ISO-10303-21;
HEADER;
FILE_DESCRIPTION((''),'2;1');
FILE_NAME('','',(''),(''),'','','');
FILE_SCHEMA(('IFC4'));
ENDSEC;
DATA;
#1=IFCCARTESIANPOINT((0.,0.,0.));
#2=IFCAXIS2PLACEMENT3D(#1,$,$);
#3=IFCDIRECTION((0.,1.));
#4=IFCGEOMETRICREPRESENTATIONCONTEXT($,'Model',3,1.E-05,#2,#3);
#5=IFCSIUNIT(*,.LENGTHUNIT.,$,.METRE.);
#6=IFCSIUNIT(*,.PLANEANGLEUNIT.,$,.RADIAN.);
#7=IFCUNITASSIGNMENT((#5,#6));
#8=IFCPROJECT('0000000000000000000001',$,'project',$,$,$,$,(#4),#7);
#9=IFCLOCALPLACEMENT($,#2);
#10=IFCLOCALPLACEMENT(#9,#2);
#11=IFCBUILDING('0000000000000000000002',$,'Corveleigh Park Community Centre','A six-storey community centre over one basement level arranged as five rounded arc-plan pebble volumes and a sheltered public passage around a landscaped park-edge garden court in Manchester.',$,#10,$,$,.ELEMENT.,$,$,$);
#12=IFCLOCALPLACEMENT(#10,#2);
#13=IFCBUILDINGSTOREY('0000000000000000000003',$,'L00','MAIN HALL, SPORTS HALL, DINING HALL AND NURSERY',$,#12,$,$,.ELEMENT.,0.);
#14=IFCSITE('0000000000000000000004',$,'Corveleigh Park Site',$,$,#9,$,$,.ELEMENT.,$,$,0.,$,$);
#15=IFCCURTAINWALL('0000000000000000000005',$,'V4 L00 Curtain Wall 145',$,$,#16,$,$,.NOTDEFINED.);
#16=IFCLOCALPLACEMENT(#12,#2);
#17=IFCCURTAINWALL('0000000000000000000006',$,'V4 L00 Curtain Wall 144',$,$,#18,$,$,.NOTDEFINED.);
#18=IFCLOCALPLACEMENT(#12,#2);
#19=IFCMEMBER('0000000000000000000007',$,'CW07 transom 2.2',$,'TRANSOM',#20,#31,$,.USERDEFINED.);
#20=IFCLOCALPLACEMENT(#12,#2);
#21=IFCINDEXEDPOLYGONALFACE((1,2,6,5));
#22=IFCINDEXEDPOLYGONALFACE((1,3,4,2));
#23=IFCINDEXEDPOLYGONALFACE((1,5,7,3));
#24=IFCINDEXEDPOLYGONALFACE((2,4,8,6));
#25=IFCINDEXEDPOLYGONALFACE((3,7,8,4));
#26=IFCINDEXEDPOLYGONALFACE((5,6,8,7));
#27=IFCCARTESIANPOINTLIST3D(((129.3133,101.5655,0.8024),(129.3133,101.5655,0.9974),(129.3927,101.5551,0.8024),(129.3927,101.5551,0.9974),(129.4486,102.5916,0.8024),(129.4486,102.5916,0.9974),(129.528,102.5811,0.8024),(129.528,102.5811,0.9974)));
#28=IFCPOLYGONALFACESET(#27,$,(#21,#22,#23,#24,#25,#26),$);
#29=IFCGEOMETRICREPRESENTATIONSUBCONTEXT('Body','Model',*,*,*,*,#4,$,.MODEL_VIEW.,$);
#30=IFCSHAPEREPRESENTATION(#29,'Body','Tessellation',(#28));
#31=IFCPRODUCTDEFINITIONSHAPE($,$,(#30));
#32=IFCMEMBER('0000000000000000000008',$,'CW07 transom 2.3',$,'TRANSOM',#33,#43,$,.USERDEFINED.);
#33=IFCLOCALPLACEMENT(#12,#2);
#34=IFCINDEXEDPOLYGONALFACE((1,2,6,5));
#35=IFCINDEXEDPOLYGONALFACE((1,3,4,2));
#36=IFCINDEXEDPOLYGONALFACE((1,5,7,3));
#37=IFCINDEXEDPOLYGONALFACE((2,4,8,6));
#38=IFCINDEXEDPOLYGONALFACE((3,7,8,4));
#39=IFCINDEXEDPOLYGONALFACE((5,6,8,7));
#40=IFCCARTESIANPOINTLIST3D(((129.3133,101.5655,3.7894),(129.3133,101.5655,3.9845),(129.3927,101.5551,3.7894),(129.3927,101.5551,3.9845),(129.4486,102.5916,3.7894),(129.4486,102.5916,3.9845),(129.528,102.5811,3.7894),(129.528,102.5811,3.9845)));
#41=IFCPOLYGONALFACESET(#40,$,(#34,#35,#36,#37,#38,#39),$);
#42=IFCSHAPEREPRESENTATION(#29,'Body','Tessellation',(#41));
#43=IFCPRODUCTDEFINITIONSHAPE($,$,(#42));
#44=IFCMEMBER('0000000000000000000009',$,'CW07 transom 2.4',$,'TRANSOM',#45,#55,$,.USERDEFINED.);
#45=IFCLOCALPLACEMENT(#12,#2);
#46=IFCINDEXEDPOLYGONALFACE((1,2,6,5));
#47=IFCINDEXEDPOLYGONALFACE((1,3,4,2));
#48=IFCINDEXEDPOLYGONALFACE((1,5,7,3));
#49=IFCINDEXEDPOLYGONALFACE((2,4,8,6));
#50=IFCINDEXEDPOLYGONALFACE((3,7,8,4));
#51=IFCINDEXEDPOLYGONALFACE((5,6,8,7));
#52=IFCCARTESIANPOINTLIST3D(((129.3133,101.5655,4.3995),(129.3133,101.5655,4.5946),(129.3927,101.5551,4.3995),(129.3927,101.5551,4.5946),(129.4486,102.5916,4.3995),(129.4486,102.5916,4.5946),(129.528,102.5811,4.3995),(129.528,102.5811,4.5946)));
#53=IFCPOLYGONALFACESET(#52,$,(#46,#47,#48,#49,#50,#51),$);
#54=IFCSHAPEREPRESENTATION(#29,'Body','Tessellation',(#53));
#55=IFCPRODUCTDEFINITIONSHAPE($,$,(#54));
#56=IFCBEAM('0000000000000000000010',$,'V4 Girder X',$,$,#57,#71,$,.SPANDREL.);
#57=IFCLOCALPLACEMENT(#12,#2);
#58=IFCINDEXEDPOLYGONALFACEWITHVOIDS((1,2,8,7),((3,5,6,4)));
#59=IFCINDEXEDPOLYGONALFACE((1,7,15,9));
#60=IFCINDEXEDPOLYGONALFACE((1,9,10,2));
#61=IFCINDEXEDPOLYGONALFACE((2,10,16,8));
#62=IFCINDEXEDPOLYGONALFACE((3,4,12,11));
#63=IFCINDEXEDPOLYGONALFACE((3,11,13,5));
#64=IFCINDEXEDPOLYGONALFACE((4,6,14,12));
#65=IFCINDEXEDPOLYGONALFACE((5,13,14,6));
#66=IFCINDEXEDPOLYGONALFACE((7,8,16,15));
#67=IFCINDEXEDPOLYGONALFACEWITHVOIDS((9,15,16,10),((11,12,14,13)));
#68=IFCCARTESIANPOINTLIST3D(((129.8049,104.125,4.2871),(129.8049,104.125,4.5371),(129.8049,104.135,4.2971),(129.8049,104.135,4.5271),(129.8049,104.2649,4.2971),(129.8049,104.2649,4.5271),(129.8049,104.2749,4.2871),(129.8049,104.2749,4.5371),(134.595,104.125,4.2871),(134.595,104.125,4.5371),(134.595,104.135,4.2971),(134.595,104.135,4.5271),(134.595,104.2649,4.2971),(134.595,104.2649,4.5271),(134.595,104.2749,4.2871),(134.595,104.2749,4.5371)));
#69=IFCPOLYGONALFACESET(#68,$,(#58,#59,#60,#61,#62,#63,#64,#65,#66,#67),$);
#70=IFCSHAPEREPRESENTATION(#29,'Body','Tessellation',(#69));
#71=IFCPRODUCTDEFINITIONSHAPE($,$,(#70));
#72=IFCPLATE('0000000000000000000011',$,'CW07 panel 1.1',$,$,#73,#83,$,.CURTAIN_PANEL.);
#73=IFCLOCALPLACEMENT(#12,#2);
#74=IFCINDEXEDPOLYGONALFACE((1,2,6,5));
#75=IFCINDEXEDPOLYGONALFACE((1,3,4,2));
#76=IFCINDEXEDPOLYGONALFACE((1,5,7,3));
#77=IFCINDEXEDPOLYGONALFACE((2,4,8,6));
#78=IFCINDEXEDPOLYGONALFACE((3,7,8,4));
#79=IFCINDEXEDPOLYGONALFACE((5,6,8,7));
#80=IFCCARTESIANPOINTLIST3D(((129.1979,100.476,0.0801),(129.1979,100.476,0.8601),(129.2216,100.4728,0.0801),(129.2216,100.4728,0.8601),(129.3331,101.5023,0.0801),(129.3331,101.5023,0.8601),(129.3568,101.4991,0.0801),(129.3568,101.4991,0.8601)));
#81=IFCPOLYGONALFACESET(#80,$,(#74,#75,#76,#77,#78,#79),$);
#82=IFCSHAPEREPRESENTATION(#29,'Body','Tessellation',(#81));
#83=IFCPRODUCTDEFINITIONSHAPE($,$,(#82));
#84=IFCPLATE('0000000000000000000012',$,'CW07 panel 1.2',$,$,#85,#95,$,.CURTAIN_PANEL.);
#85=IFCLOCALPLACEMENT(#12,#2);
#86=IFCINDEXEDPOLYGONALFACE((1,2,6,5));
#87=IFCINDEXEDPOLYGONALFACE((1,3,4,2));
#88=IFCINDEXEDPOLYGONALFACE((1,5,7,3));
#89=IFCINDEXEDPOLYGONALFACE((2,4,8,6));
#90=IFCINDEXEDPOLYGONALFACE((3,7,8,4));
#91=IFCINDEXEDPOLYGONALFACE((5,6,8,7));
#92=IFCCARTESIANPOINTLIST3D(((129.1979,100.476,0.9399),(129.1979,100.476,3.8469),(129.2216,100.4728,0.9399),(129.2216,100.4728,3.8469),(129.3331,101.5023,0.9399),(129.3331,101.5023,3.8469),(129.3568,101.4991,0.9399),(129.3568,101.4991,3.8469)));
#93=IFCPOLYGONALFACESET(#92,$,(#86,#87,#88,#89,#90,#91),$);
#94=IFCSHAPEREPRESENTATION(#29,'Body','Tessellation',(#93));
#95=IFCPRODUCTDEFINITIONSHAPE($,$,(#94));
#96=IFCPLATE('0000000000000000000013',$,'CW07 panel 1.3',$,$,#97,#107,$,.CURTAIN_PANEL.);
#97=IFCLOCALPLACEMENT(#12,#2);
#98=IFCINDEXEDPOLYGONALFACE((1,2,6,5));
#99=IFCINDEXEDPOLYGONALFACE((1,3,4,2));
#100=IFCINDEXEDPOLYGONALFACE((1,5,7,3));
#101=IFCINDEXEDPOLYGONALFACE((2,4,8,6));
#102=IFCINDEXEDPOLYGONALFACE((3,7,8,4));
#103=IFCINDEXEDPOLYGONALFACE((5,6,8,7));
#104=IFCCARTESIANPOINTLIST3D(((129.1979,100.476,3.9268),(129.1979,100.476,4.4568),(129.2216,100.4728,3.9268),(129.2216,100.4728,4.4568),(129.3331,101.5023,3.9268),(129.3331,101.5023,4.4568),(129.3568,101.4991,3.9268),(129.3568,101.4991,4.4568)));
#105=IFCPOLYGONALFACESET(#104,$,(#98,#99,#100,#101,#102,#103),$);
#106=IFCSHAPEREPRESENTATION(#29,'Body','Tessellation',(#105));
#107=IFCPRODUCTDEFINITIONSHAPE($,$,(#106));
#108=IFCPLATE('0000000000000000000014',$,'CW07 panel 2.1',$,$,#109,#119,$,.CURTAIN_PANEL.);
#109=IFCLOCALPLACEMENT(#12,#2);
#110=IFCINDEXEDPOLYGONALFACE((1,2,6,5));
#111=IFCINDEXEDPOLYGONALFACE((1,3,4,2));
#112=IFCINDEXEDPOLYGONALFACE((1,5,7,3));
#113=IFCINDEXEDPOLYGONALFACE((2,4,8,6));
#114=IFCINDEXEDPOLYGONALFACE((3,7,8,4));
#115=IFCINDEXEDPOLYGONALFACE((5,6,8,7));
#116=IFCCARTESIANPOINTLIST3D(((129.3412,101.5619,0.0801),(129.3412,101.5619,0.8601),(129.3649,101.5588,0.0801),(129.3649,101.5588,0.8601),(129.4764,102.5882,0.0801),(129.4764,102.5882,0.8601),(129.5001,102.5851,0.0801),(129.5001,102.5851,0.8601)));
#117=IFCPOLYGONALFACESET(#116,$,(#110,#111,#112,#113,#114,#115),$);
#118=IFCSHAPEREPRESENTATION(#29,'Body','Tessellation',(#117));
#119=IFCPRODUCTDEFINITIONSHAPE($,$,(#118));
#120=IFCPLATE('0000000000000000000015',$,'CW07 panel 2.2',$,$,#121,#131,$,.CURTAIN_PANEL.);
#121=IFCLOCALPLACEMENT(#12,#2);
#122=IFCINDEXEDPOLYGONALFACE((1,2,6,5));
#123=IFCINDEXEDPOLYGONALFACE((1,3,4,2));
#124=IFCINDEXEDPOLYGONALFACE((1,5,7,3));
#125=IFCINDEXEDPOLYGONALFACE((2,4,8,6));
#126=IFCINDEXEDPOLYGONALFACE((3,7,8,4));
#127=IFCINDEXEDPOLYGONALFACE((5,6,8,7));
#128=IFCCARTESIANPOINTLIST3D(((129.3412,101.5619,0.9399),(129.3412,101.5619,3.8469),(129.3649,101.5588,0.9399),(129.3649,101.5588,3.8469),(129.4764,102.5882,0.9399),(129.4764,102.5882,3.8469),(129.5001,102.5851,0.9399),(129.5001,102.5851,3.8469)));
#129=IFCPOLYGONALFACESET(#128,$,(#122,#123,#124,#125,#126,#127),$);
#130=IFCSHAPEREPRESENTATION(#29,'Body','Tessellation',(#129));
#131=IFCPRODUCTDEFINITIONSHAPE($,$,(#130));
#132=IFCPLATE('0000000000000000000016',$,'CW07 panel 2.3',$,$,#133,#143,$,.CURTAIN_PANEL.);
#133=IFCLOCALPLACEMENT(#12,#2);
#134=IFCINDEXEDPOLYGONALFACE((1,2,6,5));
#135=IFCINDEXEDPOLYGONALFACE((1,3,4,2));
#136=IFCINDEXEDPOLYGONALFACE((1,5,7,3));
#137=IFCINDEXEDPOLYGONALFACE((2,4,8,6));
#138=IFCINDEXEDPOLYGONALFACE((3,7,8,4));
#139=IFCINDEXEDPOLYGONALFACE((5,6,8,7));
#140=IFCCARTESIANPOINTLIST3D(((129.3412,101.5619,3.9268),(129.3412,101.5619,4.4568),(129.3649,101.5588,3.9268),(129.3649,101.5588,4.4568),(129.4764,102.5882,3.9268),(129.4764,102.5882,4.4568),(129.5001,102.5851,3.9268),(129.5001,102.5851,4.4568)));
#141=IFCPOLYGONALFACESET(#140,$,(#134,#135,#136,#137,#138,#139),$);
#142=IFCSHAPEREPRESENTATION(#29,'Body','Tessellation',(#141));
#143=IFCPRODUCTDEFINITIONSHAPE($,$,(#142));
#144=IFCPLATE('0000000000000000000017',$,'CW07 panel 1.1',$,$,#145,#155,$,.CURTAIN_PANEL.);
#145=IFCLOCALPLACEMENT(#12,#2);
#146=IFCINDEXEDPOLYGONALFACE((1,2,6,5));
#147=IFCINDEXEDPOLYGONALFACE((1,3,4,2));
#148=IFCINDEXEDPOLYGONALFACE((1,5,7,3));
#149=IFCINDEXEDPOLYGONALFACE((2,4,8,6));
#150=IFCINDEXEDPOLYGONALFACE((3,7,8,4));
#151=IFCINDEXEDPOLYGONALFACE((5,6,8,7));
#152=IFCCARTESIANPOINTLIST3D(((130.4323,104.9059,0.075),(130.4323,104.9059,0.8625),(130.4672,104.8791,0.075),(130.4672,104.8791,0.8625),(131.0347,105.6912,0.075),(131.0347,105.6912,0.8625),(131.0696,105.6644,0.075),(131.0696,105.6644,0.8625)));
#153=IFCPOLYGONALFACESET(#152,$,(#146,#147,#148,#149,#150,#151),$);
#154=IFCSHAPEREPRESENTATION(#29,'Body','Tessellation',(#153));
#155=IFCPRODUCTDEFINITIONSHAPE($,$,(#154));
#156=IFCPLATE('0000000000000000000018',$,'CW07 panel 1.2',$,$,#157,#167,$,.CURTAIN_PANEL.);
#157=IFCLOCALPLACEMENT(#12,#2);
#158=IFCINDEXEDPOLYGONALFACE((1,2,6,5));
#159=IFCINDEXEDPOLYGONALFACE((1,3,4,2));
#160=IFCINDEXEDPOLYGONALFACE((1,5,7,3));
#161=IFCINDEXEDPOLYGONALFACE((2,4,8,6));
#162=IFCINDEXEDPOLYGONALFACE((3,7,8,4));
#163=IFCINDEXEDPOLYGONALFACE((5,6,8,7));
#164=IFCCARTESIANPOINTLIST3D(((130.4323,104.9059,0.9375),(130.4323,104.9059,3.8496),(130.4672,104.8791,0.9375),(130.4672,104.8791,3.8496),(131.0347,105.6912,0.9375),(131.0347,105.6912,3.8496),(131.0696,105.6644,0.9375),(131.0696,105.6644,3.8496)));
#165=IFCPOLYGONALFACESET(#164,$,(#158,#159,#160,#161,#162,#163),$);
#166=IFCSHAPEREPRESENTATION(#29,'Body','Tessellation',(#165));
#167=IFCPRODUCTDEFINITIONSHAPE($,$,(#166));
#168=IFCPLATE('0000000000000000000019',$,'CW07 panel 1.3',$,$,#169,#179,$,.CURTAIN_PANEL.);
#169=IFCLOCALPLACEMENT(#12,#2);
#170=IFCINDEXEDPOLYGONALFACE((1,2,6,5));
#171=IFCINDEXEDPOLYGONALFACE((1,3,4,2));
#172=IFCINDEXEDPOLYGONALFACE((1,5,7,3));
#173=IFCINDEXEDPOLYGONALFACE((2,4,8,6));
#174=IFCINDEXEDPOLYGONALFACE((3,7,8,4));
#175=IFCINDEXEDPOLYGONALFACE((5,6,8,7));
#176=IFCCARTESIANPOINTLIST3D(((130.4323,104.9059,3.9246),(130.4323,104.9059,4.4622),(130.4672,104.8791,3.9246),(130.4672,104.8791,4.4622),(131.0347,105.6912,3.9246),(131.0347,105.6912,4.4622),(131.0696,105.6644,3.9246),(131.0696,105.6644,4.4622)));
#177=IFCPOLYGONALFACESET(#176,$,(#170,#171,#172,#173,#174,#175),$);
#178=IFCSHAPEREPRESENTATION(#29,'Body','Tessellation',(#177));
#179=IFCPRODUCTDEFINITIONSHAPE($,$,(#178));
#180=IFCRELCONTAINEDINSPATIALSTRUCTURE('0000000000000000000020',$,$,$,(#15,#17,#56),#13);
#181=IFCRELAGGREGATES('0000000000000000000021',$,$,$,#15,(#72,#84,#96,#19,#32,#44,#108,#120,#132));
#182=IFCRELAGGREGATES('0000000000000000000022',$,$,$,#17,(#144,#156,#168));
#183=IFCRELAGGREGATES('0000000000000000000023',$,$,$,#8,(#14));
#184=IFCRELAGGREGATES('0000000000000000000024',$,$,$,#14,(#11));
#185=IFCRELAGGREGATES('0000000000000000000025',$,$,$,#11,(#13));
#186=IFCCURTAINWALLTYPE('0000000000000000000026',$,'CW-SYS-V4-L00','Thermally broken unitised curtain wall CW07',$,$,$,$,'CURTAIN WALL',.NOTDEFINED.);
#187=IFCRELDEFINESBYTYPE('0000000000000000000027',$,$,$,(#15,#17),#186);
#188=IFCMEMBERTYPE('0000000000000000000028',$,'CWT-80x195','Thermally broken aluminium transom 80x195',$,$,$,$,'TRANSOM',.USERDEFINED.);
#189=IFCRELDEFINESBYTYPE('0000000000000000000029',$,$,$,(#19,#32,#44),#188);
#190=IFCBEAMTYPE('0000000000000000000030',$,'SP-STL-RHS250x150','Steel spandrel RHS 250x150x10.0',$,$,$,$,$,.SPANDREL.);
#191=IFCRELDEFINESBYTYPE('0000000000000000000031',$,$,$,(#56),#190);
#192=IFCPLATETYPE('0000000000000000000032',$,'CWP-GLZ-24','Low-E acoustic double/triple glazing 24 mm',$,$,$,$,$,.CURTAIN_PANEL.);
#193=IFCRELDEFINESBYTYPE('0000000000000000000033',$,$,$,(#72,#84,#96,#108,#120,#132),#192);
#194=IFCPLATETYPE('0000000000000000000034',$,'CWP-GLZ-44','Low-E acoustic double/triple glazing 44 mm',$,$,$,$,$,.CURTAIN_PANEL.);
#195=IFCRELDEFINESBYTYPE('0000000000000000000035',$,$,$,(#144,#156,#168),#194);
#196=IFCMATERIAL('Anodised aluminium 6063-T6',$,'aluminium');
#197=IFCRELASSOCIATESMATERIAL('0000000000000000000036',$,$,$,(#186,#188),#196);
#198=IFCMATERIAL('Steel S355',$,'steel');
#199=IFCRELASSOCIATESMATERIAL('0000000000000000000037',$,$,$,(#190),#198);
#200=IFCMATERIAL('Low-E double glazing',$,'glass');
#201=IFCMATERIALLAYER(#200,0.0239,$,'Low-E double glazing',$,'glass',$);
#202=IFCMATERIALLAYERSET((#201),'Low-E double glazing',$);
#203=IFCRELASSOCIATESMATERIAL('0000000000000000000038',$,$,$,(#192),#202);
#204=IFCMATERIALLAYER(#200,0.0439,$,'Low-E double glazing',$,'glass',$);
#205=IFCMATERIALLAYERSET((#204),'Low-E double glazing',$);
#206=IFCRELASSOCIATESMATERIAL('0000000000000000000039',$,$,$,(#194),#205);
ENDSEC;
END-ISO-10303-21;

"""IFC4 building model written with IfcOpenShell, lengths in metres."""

from ifc_helpers import new_model, si_unit, direction, frame, origin, origin_2d, place, context, subcontext, project, spatial, rectangle, hollow_rectangle, extrude, material, layer, layer_set, material_profile, profile_set, type_object, element, aggregate, save


model = new_model("IFC4")

# Units and contexts
model_context = context("Model", 3, precision=1e-05, world=origin(), true_north=direction((0.0, 1.0)))
body_context = subcontext(model_context, "Body", "Model", "MODEL_VIEW")
ifc_project = project(units=[si_unit("LENGTHUNIT", "METRE"), si_unit("PLANEANGLEUNIT", "RADIAN")], contexts=[model_context])

# Site, building, storey
site_placement = place(None, origin())
site = spatial("IfcSite", under=ifc_project, at=site_placement, Name="Corveleigh Park Site", CompositionType="ELEMENT", RefElevation=0.0)
building_placement = place(site_placement, origin())
building = spatial("IfcBuilding", under=site, at=building_placement, Name="Corveleigh Park Community Centre", Description="A six-storey community centre over one basement level arranged as five rounded arc-plan pebble volumes and a sheltered public passage around a landscaped park-edge garden court in Manchester.", CompositionType="ELEMENT")
storey_placement = place(building_placement, origin())
storey = spatial("IfcBuildingStorey", under=building, at=storey_placement, Name="L00", Description="MAIN HALL, SPORTS HALL, DINING HALL AND NURSERY", CompositionType="ELEMENT", Elevation=0.0)

# Curtain walls
ifc_material_1 = material(Name="Anodised aluminium 6063-T6", Category="aluminium")
curtain_wall_type = type_object("IfcCurtainWallType", Name="CW-SYS-V4-L00", Description="Thermally broken unitised curtain wall CW07", ElementType="CURTAIN WALL", PredefinedType="NOTDEFINED", material=ifc_material_1)
curtain_wall_1_placement = place(storey_placement, origin())
curtain_wall_1 = element("IfcCurtainWall", 1, at=curtain_wall_1_placement, inside=storey, type_object=curtain_wall_type, Name="V4 L00 Curtain Wall 145", PredefinedType="NOTDEFINED")
curtain_wall_2_placement = place(storey_placement, origin())
curtain_wall_2 = element("IfcCurtainWall", 2, at=curtain_wall_2_placement, inside=storey, type_object=curtain_wall_type, Name="V4 L00 Curtain Wall 144", PredefinedType="NOTDEFINED")

# Members
ifc_material_profile_1 = material_profile(ifc_material_1, rectangle(XDim=0.0801, YDim=0.1951, at=origin_2d()), Name="ALU-T80x195", Category="aluminium")
ifc_profile_set_1 = profile_set([ifc_material_profile_1], Name="Anodised aluminium 6063-T6")
member_type_1 = type_object("IfcMemberType", Name="CWT-80x195", Description="Thermally broken aluminium transom 80x195", ElementType="TRANSOM", PredefinedType="USERDEFINED", material=ifc_profile_set_1)
member_1_placement = place(storey_placement, frame((129.353, 101.5603, 0.8999), z_axis=(0.13068, 0.991425, 0.0), x_axis=(-0.991425, 0.13068, 0.0)))
member_1 = element("IfcMember", 3, at=member_1_placement, type_object=member_type_1, Name="CW07 transom 2.2", ObjectType="TRANSOM", PredefinedType="USERDEFINED", context=body_context, shape_type="SweptSolid", body=[
    extrude(rectangle(XDim=0.0801, YDim=0.1951, at=origin_2d()), origin(), (0.0, 0.0, 1.0), 1.0349),
])
member_2_placement = place(storey_placement, frame((129.353, 101.5603, 3.887), z_axis=(0.13068, 0.991425, 0.0), x_axis=(-0.991425, 0.13068, 0.0)))
member_2 = element("IfcMember", 4, at=member_2_placement, type_object=member_type_1, Name="CW07 transom 2.3", ObjectType="TRANSOM", PredefinedType="USERDEFINED", context=body_context, shape_type="SweptSolid", body=[
    extrude(rectangle(XDim=0.0801, YDim=0.1951, at=origin_2d()), origin(), (0.0, 0.0, 1.0), 1.0349),
])
member_3_placement = place(storey_placement, frame((129.353, 101.5603, 4.4971), z_axis=(0.13068, 0.991425, 0.0), x_axis=(-0.991425, 0.13068, 0.0)))
member_3 = element("IfcMember", 5, at=member_3_placement, type_object=member_type_1, Name="CW07 transom 2.4", ObjectType="TRANSOM", PredefinedType="USERDEFINED", context=body_context, shape_type="SweptSolid", body=[
    extrude(rectangle(XDim=0.0801, YDim=0.1951, at=origin_2d()), origin(), (0.0, 0.0, 1.0), 1.0349),
])

# Beam
ifc_material_2 = material(Name="Steel S355", Category="steel")
ifc_material_profile_2 = material_profile(ifc_material_2, hollow_rectangle(XDim=0.1499, YDim=0.25, WallThickness=0.01, at=origin_2d()), Name="RHS 250x150x10.0", Category="steel")
ifc_profile_set_2 = profile_set([ifc_material_profile_2], Name="Steel S355")
beam_type = type_object("IfcBeamType", Name="SP-STL-RHS250x150", Description="Steel spandrel RHS 250x150x10.0", PredefinedType="SPANDREL", material=ifc_profile_set_2)
beam_placement = place(storey_placement, frame((129.8049, 104.2, 4.4121), z_axis=(1.0, 0.0, 0.0), x_axis=(0.0, 1.0, 0.0)))
element("IfcBeam", 6, at=beam_placement, inside=storey, type_object=beam_type, Name="V4 Girder X", PredefinedType="SPANDREL", context=body_context, shape_type="SweptSolid", body=[
    extrude(hollow_rectangle(XDim=0.1499, YDim=0.25, WallThickness=0.01, at=origin_2d()), origin(), (0.0, 0.0, 1.0), 4.79),
])

# Plates
ifc_material_3 = material(Name="Low-E double glazing", Category="glass")
ifc_layer_1 = layer(ifc_material_3, 0.0239, Name="Low-E double glazing", Category="glass")
ifc_layer_set_1 = layer_set([ifc_layer_1], Name="Low-E double glazing")
plate_type_1 = type_object("IfcPlateType", Name="CWP-GLZ-24", Description="Low-E acoustic double/triple glazing 24 mm", PredefinedType="CURTAIN_PANEL", material=ifc_layer_set_1)
plate_1_placement = place(storey_placement, frame((129.2773, 100.9875, 0.0801), z_axis=(0.0, 0.0, 1.0), x_axis=(0.13065, 0.991429, 0.0)))
plate_1 = element("IfcPlate", 7, at=plate_1_placement, type_object=plate_type_1, Name="CW07 panel 1.1", PredefinedType="CURTAIN_PANEL", context=body_context, shape_type="SweptSolid", body=[
    extrude(rectangle(XDim=1.0352, YDim=0.0239, at=origin_2d()), origin(), (0.0, 0.0, 1.0), 0.78),
])
plate_2_placement = place(storey_placement, frame((129.2773, 100.9875, 0.9399), z_axis=(0.0, 0.0, 1.0), x_axis=(0.13065, 0.991429, 0.0)))
plate_2 = element("IfcPlate", 8, at=plate_2_placement, type_object=plate_type_1, Name="CW07 panel 1.2", PredefinedType="CURTAIN_PANEL", context=body_context, shape_type="SweptSolid", body=[
    extrude(rectangle(XDim=1.0352, YDim=0.0239, at=origin_2d()), origin(), (0.0, 0.0, 1.0), 2.907),
])
plate_3_placement = place(storey_placement, frame((129.2773, 100.9875, 3.9268), z_axis=(0.0, 0.0, 1.0), x_axis=(0.13065, 0.991429, 0.0)))
plate_3 = element("IfcPlate", 9, at=plate_3_placement, type_object=plate_type_1, Name="CW07 panel 1.3", PredefinedType="CURTAIN_PANEL", context=body_context, shape_type="SweptSolid", body=[
    extrude(rectangle(XDim=1.0352, YDim=0.0239, at=origin_2d()), origin(), (0.0, 0.0, 1.0), 0.53),
])
plate_4_placement = place(storey_placement, frame((129.4207, 102.0735, 0.0801), z_axis=(0.0, 0.0, 1.0), x_axis=(0.13065, 0.991429, 0.0)))
plate_4 = element("IfcPlate", 10, at=plate_4_placement, type_object=plate_type_1, Name="CW07 panel 2.1", PredefinedType="CURTAIN_PANEL", context=body_context, shape_type="SweptSolid", body=[
    extrude(rectangle(XDim=1.0352, YDim=0.0239, at=origin_2d()), origin(), (0.0, 0.0, 1.0), 0.78),
])
plate_5_placement = place(storey_placement, frame((129.4207, 102.0735, 0.9399), z_axis=(0.0, 0.0, 1.0), x_axis=(0.13065, 0.991429, 0.0)))
plate_5 = element("IfcPlate", 11, at=plate_5_placement, type_object=plate_type_1, Name="CW07 panel 2.2", PredefinedType="CURTAIN_PANEL", context=body_context, shape_type="SweptSolid", body=[
    extrude(rectangle(XDim=1.0352, YDim=0.0239, at=origin_2d()), origin(), (0.0, 0.0, 1.0), 2.907),
])
plate_6_placement = place(storey_placement, frame((129.4207, 102.0735, 3.9268), z_axis=(0.0, 0.0, 1.0), x_axis=(0.13065, 0.991429, 0.0)))
plate_6 = element("IfcPlate", 12, at=plate_6_placement, type_object=plate_type_1, Name="CW07 panel 2.3", PredefinedType="CURTAIN_PANEL", context=body_context, shape_type="SweptSolid", body=[
    extrude(rectangle(XDim=1.0352, YDim=0.0239, at=origin_2d()), origin(), (0.0, 0.0, 1.0), 0.53),
])
aggregate(curtain_wall_1, [plate_1, plate_2, plate_3, member_1, member_2, member_3, plate_4, plate_5, plate_6])
ifc_layer_2 = layer(ifc_material_3, 0.0439, Name="Low-E double glazing", Category="glass")
ifc_layer_set_2 = layer_set([ifc_layer_2], Name="Low-E double glazing")
plate_type_2 = type_object("IfcPlateType", Name="CWP-GLZ-44", Description="Low-E acoustic double/triple glazing 44 mm", PredefinedType="CURTAIN_PANEL", material=ifc_layer_set_2)
plate_7_placement = place(storey_placement, frame((130.751, 105.2852, 0.075), z_axis=(0.0, 0.0, 1.0), x_axis=(0.608629, 0.793455, 0.0)))
plate_7 = element("IfcPlate", 13, at=plate_7_placement, type_object=plate_type_2, Name="CW07 panel 1.1", PredefinedType="CURTAIN_PANEL", context=body_context, shape_type="SweptSolid", body=[
    extrude(rectangle(XDim=0.9897, YDim=0.0439, at=origin_2d()), origin(), (0.0, 0.0, 1.0), 0.7876),
])
plate_8_placement = place(storey_placement, frame((130.751, 105.2852, 0.9375), z_axis=(0.0, 0.0, 1.0), x_axis=(0.608629, 0.793455, 0.0)))
plate_8 = element("IfcPlate", 14, at=plate_8_placement, type_object=plate_type_2, Name="CW07 panel 1.2", PredefinedType="CURTAIN_PANEL", context=body_context, shape_type="SweptSolid", body=[
    extrude(rectangle(XDim=0.9897, YDim=0.0439, at=origin_2d()), origin(), (0.0, 0.0, 1.0), 2.9121),
])
plate_9_placement = place(storey_placement, frame((130.751, 105.2852, 3.9246), z_axis=(0.0, 0.0, 1.0), x_axis=(0.608629, 0.793455, 0.0)))
plate_9 = element("IfcPlate", 15, at=plate_9_placement, type_object=plate_type_2, Name="CW07 panel 1.3", PredefinedType="CURTAIN_PANEL", context=body_context, shape_type="SweptSolid", body=[
    extrude(rectangle(XDim=0.9897, YDim=0.0439, at=origin_2d()), origin(), (0.0, 0.0, 1.0), 0.5376),
])
aggregate(curtain_wall_2, [plate_7, plate_8, plate_9])

save(model, "model.ifc")
